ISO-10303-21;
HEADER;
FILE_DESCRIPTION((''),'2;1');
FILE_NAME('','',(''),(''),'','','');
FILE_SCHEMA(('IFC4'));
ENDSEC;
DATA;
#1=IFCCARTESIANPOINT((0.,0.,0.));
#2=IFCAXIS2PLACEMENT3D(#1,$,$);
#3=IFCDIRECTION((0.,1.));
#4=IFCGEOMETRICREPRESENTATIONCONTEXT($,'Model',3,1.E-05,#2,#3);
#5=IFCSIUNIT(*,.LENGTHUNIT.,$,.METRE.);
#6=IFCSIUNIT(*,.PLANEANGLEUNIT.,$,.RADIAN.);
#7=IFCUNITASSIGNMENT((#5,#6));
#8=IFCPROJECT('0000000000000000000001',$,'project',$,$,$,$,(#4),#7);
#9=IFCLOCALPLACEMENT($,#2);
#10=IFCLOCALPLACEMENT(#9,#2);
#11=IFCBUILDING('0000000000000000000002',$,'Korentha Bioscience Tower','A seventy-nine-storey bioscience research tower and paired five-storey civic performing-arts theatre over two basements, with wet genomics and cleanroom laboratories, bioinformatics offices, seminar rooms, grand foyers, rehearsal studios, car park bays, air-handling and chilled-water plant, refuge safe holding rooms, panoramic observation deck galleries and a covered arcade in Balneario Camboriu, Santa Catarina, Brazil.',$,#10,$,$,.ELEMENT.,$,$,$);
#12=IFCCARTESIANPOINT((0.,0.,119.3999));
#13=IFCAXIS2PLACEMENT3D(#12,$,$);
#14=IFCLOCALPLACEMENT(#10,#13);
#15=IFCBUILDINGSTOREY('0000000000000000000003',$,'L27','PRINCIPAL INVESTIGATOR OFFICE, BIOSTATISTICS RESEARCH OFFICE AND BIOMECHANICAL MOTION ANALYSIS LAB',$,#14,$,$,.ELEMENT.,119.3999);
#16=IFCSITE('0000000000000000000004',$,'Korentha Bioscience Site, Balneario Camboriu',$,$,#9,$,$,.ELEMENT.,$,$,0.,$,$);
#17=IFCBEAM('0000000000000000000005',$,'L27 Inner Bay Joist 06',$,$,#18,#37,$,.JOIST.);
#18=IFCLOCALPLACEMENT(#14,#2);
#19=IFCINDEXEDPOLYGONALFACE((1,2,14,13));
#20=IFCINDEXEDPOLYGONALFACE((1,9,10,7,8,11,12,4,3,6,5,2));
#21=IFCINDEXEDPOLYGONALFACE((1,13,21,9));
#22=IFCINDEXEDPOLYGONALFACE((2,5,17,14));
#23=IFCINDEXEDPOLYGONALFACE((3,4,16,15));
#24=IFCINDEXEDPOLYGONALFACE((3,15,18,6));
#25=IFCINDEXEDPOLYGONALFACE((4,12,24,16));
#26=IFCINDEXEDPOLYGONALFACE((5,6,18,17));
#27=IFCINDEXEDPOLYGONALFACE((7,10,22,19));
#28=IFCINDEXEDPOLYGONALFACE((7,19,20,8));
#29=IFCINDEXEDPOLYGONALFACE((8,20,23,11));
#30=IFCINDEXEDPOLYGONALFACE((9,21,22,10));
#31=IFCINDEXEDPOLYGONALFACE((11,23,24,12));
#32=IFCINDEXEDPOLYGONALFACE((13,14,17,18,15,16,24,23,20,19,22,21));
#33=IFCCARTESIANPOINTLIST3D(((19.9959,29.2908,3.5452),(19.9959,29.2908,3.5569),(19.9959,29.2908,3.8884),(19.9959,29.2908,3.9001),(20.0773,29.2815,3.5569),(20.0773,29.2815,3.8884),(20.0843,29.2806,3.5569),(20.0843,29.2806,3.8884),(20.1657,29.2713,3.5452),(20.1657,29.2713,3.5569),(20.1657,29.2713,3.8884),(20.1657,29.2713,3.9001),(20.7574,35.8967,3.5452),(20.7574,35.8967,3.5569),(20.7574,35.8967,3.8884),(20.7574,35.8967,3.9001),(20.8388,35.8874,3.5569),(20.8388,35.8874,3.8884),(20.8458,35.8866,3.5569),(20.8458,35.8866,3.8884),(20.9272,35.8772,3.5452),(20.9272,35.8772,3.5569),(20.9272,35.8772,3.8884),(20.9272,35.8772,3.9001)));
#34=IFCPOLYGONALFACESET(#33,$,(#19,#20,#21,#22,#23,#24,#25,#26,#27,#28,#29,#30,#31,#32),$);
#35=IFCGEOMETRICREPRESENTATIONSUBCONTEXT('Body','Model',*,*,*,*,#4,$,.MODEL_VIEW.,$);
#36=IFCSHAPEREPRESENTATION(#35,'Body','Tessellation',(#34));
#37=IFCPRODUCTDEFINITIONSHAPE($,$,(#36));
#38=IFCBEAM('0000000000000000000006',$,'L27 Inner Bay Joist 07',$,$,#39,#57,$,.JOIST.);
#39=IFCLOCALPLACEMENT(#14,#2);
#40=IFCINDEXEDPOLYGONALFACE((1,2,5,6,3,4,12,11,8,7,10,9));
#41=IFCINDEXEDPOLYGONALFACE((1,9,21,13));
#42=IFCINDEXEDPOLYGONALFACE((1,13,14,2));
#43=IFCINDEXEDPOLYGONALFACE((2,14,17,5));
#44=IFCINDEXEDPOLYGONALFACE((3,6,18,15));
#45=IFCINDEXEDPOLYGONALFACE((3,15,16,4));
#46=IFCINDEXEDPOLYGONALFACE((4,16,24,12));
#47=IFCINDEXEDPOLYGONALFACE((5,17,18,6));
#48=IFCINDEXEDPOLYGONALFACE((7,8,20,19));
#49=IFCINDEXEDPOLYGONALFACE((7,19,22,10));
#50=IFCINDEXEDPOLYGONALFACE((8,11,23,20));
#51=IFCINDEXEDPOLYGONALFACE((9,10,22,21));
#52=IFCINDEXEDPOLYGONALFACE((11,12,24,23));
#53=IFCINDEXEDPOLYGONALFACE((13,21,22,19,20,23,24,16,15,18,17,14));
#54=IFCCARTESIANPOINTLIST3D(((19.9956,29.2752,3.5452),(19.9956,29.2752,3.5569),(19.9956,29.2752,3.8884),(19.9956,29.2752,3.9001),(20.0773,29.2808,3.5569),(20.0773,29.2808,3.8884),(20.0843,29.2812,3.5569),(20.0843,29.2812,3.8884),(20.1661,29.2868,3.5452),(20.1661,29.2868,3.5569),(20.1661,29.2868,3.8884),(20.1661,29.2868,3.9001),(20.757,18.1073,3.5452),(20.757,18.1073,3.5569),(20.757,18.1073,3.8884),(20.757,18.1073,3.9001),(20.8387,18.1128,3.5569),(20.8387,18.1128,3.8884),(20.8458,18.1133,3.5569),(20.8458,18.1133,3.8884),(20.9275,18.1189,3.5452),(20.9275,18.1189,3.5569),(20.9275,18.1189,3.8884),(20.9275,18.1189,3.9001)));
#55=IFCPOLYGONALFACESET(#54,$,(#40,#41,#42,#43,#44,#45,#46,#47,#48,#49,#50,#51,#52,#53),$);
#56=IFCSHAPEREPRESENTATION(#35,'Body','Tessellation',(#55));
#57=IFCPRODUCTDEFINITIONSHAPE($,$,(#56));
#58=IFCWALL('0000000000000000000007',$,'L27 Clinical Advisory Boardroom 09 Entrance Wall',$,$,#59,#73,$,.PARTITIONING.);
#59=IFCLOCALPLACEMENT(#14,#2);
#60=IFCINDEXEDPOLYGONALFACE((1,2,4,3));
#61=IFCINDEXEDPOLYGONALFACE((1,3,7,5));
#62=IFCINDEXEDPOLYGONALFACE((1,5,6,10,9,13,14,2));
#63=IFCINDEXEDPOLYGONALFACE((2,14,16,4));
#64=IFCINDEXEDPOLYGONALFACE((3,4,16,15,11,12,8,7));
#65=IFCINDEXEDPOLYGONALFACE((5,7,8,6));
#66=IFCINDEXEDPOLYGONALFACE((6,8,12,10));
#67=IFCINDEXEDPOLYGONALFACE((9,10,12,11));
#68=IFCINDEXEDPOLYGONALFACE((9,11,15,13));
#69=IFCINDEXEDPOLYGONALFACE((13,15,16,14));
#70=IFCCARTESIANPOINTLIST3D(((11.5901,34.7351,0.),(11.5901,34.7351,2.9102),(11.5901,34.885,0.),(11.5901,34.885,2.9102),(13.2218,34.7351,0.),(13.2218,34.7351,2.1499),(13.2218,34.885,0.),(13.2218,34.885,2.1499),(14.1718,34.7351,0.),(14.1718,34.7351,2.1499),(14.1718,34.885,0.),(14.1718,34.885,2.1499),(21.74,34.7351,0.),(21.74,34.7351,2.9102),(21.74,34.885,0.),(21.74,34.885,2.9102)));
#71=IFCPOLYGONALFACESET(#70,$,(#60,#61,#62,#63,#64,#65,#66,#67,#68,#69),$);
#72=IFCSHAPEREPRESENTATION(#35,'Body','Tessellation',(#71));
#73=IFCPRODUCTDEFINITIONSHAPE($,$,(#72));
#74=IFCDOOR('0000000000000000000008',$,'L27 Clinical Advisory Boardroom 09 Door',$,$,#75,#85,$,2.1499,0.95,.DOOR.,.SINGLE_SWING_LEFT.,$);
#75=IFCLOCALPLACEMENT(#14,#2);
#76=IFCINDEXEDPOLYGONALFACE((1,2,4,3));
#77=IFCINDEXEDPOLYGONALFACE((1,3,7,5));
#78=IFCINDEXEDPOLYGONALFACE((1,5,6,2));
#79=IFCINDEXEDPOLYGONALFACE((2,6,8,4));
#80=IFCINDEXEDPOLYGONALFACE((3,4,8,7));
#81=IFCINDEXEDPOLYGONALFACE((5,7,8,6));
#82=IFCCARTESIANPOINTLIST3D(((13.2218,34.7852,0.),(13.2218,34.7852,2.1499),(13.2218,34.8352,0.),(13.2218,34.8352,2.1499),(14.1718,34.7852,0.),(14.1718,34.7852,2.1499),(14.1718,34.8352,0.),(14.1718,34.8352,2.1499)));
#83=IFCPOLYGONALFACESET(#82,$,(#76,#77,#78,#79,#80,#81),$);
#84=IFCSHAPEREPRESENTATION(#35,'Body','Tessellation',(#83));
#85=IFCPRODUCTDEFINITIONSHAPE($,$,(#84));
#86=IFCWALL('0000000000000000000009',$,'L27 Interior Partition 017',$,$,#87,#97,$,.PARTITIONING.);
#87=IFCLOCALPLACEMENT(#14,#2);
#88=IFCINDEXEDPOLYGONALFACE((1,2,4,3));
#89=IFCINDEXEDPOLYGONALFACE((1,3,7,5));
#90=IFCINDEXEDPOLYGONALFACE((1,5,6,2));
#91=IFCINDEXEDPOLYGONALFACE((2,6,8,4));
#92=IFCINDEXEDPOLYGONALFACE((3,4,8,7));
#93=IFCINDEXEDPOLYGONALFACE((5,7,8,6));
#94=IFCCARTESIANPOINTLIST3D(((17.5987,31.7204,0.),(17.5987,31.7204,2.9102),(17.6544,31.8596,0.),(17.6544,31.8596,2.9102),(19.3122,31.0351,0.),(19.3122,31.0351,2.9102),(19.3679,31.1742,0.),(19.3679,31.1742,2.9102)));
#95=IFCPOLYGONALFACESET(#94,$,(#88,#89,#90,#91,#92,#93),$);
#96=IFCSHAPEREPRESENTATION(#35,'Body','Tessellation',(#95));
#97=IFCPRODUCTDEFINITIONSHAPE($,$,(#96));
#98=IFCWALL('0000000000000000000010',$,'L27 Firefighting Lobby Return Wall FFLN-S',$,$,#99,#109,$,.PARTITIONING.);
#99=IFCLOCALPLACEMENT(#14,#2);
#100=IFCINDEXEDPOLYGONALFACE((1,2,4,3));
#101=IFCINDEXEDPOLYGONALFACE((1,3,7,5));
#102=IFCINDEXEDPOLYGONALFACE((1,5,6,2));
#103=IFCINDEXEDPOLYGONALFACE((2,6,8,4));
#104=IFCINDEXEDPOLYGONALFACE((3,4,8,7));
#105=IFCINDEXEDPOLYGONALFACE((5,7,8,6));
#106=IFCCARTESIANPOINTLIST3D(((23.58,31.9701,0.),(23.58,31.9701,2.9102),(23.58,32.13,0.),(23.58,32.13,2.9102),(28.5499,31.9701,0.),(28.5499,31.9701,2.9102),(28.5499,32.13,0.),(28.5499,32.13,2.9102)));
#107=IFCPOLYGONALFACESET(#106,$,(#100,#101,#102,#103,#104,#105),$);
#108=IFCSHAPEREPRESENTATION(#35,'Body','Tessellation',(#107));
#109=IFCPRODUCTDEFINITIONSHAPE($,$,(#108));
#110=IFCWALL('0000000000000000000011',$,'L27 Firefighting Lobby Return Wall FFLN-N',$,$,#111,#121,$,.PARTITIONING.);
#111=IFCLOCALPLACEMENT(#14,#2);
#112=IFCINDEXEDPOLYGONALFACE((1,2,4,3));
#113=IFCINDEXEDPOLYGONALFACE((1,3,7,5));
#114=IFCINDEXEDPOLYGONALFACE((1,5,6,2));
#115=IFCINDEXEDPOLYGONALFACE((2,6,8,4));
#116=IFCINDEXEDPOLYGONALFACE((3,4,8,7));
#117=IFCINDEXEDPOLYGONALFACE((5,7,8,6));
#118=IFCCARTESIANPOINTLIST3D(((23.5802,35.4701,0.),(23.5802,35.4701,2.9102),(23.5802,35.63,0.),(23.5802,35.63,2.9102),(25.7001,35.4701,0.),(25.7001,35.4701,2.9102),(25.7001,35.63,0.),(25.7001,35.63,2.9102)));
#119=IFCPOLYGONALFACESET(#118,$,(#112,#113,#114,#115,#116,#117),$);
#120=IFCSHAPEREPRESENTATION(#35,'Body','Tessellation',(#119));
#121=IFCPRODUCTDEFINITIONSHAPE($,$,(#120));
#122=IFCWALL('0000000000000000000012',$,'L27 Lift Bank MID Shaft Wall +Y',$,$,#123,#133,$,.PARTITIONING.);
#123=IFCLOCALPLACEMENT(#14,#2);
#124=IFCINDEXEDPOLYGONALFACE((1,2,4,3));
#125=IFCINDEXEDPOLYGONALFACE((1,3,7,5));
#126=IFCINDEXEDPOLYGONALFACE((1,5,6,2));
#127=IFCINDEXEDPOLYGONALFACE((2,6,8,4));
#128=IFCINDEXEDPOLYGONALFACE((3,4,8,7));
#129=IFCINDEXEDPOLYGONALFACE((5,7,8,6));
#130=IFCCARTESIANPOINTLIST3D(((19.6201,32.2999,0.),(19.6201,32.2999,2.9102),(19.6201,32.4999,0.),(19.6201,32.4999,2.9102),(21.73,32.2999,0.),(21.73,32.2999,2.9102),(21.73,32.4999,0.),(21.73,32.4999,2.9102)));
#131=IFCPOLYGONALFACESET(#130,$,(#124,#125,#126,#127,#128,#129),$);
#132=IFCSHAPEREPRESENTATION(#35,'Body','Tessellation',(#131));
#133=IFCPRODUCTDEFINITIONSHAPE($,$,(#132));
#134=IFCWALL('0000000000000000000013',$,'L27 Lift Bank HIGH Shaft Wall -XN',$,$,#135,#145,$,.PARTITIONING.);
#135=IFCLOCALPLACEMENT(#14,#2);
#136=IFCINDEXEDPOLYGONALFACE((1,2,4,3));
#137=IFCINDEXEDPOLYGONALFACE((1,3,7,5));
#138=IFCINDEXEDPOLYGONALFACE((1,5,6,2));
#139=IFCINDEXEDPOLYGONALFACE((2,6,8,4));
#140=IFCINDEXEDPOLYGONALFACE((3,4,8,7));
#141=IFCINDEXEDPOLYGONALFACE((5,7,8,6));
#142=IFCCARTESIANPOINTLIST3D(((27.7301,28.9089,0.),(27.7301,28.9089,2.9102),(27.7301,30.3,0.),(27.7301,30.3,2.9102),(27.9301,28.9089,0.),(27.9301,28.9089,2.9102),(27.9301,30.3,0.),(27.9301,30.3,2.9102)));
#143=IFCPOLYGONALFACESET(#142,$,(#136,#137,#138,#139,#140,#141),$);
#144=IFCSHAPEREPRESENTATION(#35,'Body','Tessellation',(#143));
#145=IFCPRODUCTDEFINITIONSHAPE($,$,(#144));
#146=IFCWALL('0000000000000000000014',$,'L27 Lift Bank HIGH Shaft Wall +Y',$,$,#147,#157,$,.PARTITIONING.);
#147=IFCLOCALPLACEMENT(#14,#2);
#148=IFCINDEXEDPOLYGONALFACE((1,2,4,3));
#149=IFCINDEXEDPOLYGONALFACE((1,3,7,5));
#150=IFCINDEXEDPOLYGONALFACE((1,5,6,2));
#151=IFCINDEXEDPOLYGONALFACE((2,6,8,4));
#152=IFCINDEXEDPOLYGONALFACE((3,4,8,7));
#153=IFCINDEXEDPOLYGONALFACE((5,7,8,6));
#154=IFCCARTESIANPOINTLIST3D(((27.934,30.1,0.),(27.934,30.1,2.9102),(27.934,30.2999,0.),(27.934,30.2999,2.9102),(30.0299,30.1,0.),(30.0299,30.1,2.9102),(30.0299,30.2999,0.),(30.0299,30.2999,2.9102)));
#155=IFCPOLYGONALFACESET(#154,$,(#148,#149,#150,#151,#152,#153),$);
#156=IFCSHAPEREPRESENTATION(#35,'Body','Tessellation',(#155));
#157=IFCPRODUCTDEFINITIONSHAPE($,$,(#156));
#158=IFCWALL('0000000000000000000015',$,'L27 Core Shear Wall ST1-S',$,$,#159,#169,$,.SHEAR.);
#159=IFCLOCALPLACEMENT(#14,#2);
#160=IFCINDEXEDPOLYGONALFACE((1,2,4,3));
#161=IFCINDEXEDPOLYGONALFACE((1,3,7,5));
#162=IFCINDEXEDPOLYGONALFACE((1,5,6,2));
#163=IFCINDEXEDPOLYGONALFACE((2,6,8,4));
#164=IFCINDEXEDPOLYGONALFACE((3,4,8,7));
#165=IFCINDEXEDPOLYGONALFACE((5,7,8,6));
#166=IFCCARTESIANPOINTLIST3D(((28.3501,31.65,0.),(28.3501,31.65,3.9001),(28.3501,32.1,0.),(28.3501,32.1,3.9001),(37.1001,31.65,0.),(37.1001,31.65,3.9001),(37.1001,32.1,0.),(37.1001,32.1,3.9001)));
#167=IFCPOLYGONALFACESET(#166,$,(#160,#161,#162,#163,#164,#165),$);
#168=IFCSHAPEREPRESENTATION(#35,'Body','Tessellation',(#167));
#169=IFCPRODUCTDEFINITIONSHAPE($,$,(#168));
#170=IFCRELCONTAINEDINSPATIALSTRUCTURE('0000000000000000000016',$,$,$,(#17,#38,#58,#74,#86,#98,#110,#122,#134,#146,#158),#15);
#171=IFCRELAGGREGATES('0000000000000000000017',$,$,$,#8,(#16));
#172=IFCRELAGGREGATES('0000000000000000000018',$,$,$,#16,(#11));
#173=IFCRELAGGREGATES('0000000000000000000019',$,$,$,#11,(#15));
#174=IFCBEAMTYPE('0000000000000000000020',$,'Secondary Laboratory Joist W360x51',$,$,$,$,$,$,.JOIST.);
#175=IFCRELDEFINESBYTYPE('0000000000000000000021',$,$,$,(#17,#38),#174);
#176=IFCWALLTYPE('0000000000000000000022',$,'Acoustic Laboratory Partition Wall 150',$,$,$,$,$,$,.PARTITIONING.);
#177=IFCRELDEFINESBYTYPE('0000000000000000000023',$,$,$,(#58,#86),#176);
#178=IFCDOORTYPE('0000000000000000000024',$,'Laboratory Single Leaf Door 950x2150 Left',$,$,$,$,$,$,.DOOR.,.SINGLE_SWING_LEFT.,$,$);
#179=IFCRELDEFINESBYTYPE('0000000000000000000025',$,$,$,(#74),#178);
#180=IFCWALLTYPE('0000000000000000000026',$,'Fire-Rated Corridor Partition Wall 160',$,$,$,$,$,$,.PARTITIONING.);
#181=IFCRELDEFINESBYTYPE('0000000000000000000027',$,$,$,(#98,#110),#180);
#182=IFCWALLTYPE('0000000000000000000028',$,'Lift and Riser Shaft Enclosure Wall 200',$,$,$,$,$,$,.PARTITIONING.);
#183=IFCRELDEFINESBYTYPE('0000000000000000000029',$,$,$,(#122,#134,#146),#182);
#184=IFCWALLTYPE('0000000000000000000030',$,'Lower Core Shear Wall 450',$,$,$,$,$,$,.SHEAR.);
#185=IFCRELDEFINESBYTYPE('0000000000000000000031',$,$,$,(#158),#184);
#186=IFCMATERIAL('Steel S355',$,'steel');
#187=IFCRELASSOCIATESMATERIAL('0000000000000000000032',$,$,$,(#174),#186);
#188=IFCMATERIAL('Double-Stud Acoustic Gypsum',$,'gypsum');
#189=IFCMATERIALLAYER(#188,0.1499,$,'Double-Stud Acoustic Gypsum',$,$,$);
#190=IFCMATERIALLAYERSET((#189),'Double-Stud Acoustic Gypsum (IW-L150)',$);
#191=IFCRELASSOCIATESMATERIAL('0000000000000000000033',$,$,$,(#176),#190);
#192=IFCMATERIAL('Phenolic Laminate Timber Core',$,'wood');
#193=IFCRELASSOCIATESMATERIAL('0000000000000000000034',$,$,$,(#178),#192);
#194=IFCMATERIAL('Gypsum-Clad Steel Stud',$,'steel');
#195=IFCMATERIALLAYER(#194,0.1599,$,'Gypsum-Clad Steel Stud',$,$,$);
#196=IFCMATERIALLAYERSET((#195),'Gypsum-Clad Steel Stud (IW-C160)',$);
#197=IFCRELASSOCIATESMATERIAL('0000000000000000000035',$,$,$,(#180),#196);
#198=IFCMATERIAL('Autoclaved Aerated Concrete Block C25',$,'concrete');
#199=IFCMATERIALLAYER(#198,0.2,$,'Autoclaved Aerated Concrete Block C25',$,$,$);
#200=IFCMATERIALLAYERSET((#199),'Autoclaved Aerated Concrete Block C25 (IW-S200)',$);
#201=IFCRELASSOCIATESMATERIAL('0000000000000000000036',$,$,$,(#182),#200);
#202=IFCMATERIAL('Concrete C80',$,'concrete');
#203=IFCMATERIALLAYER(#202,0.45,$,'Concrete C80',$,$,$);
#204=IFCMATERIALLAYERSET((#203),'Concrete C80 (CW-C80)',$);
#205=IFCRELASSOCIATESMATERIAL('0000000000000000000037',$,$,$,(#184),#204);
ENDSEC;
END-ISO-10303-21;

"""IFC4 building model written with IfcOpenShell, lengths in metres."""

from ifc_helpers import new_model, si_unit, direction, frame, frame_2d, origin, origin_2d, place, context, subcontext, project, spatial, rectangle, i_section, extrude, material, layer, layer_set, material_profile, profile_set, type_object, element, fill, save


model = new_model("IFC4")

# Units and contexts
model_context = context("Model", 3, precision=1e-05, world=origin(), true_north=direction((0.0, 1.0)))
body_context = subcontext(model_context, "Body", "Model", "MODEL_VIEW")
ifc_project = project(units=[si_unit("LENGTHUNIT", "METRE"), si_unit("PLANEANGLEUNIT", "RADIAN")], contexts=[model_context])

# Site, building, storey
site_placement = place(None, origin())
site = spatial("IfcSite", under=ifc_project, at=site_placement, Name="Korentha Bioscience Site, Balneario Camboriu", CompositionType="ELEMENT", RefElevation=0.0)
building_placement = place(site_placement, origin())
building = spatial("IfcBuilding", under=site, at=building_placement, Name="Korentha Bioscience Tower", Description="A seventy-nine-storey bioscience research tower and paired five-storey civic performing-arts theatre over two basements, with wet genomics and cleanroom laboratories, bioinformatics offices, seminar rooms, grand foyers, rehearsal studios, car park bays, air-handling and chilled-water plant, refuge safe holding rooms, panoramic observation deck galleries and a covered arcade in Balneario Camboriu, Santa Catarina, Brazil.", CompositionType="ELEMENT")
storey_placement = place(building_placement, frame((0.0, 0.0, 119.3999)))
storey = spatial("IfcBuildingStorey", under=building, at=storey_placement, Name="L27", Description="PRINCIPAL INVESTIGATOR OFFICE, BIOSTATISTICS RESEARCH OFFICE AND BIOMECHANICAL MOTION ANALYSIS LAB", CompositionType="ELEMENT", Elevation=119.3999)

# Shared definitions
ifc_material_1 = material(Name="Concrete C80", Category="concrete")

# Beams
ifc_material_2 = material(Name="Steel S355", Category="steel")
ifc_material_profile_1 = material_profile(ifc_material_2, i_section(OverallWidth=0.1709, OverallDepth=0.355, WebThickness=0.0071, FlangeThickness=0.0117, at=origin_2d()), Name="Steel S355")
ifc_profile_set_1 = profile_set([ifc_material_profile_1], Name="Steel S355 (JB-360)")
beam_type_1 = type_object("IfcBeamType", Name="Secondary Laboratory Joist W360x51", PredefinedType="JOIST", material=ifc_profile_set_1)
beam_1_placement = place(storey_placement, frame((20.8423, 35.887, 3.7227), z_axis=(-0.114513, -0.993422, 0.0), x_axis=(0.993422, -0.114513, 0.0)))
element("IfcBeam", 1, at=beam_1_placement, inside=storey, type_object=beam_type_1, Name="L27 Inner Bay Joist 06", PredefinedType="JOIST", context=body_context, shape_type="SweptSolid", body=[
    extrude(i_section(OverallWidth=0.1709, OverallDepth=0.355, WebThickness=0.0071, FlangeThickness=0.0117, at=origin_2d()), origin(), (0.0, 0.0, 1.0), 6.6497),
])
beam_2_placement = place(storey_placement, frame((20.0808, 29.281, 3.7227), z_axis=(0.068026, -0.997684, 0.0), x_axis=(0.997684, 0.068026, 0.0)))
element("IfcBeam", 2, at=beam_2_placement, inside=storey, type_object=beam_type_1, Name="L27 Inner Bay Joist 07", PredefinedType="JOIST", context=body_context, shape_type="SweptSolid", body=[
    extrude(i_section(OverallWidth=0.1709, OverallDepth=0.355, WebThickness=0.0071, FlangeThickness=0.0117, at=origin_2d()), origin(), (0.0, 0.0, 1.0), 11.1938),
])

# Wall, opening, door
ifc_material_3 = material(Name="Double-Stud Acoustic Gypsum", Category="gypsum")
ifc_layer_1 = layer(ifc_material_3, 0.1499, Name="Double-Stud Acoustic Gypsum")
ifc_layer_set_1 = layer_set([ifc_layer_1], Name="Double-Stud Acoustic Gypsum (IW-L150)")
wall_type_1 = type_object("IfcWallType", Name="Acoustic Laboratory Partition Wall 150", PredefinedType="PARTITIONING", material=ifc_layer_set_1)
wall_1_placement = place(storey_placement, frame((21.74, 34.8101, 0.0), z_axis=(0.0, 0.0, 1.0), x_axis=(-1.0, 0.0, 0.0)))
wall_1 = element("IfcWall", 3, at=wall_1_placement, inside=storey, type_object=wall_type_1, Name="L27 Clinical Advisory Boardroom 09 Entrance Wall", PredefinedType="PARTITIONING", context=body_context, shape_type="SweptSolid", body=[
    extrude(rectangle(XDim=10.1499, YDim=0.1499, at=frame_2d((5.075, 0.0))), origin(), (0.0, 0.0, 1.0), 2.9102),
])
opening_1_placement = place(wall_1_placement, frame((7.5681, 0.0, 0.0)))
opening_1 = element("IfcOpeningElement", 4, at=opening_1_placement, cuts=wall_1, PredefinedType="OPENING", context=body_context, shape_type="SweptSolid", body=[
    extrude(rectangle(XDim=0.95, YDim=2.1499, at=frame_2d((0.4751, 1.075))), frame((0.0, 0.0898, 0.0), z_axis=(0.0, -1.0, 0.0), x_axis=(1.0, 0.0, 0.0)), (0.0, 0.0, 1.0), 0.1797),
])
ifc_material_4 = material(Name="Phenolic Laminate Timber Core", Category="wood")
door_type_1 = type_object("IfcDoorType", Name="Laboratory Single Leaf Door 950x2150 Left", OperationType="SINGLE_SWING_LEFT", PredefinedType="DOOR", material=ifc_material_4)
door_1_placement = place(opening_1_placement, origin())
door_1 = element("IfcDoor", 5, at=door_1_placement, inside=storey, type_object=door_type_1, Name="L27 Clinical Advisory Boardroom 09 Door", OperationType="SINGLE_SWING_LEFT", OverallHeight=2.1499, OverallWidth=0.95, PredefinedType="DOOR", context=body_context, shape_type="SweptSolid", body=[
    extrude(rectangle(XDim=0.95, YDim=2.1499, at=frame_2d((0.4751, 1.075))), frame((0.0, 0.0249, 0.0), z_axis=(0.0, -1.0, 0.0), x_axis=(1.0, 0.0, 0.0)), (0.0, 0.0, 1.0), 0.05),
])
fill(opening_1, door_1)

# Wall
wall_2_placement = place(storey_placement, frame((17.6265, 31.79, 0.0), z_axis=(0.0, 0.0, 1.0), x_axis=(0.928486, -0.371368, 0.0)))
element("IfcWall", 6, at=wall_2_placement, inside=storey, type_object=wall_type_1, Name="L27 Interior Partition 017", PredefinedType="PARTITIONING", context=body_context, shape_type="SweptSolid", body=[
    extrude(rectangle(XDim=1.8455, YDim=0.1499, at=frame_2d((0.9229, 0.0))), origin(), (0.0, 0.0, 1.0), 2.9102),
])

# Shared definitions
ifc_material_5 = material(Name="Gypsum-Clad Steel Stud", Category="steel")
ifc_layer_2 = layer(ifc_material_5, 0.1599, Name="Gypsum-Clad Steel Stud")
ifc_layer_set_2 = layer_set([ifc_layer_2], Name="Gypsum-Clad Steel Stud (IW-C160)")
wall_type_2 = type_object("IfcWallType", Name="Fire-Rated Corridor Partition Wall 160", PredefinedType="PARTITIONING", material=ifc_layer_set_2)

# Walls
wall_3_placement = place(storey_placement, frame((23.5801, 32.05, 0.0), z_axis=(0.0, 0.0, 1.0), x_axis=(1.0, 0.0, 0.0)))
element("IfcWall", 7, at=wall_3_placement, inside=storey, type_object=wall_type_2, Name="L27 Firefighting Lobby Return Wall FFLN-S", PredefinedType="PARTITIONING", context=body_context, shape_type="SweptSolid", body=[
    extrude(rectangle(XDim=4.97, YDim=0.1599, at=frame_2d((2.4849, 0.0))), origin(), (0.0, 0.0, 1.0), 2.9102),
])
wall_4_placement = place(storey_placement, frame((23.5801, 35.55, 0.0), z_axis=(0.0, 0.0, 1.0), x_axis=(1.0, 0.0, 0.0)))
element("IfcWall", 8, at=wall_4_placement, inside=storey, type_object=wall_type_2, Name="L27 Firefighting Lobby Return Wall FFLN-N", PredefinedType="PARTITIONING", context=body_context, shape_type="SweptSolid", body=[
    extrude(rectangle(XDim=2.1199, YDim=0.1599, at=frame_2d((1.0601, 0.0))), origin(), (0.0, 0.0, 1.0), 2.9102),
])
ifc_material_6 = material(Name="Autoclaved Aerated Concrete Block C25", Category="concrete")
ifc_layer_3 = layer(ifc_material_6, 0.2, Name="Autoclaved Aerated Concrete Block C25")
ifc_layer_set_3 = layer_set([ifc_layer_3], Name="Autoclaved Aerated Concrete Block C25 (IW-S200)")
wall_type_3 = type_object("IfcWallType", Name="Lift and Riser Shaft Enclosure Wall 200", PredefinedType="PARTITIONING", material=ifc_layer_set_3)
wall_5_placement = place(storey_placement, frame((19.6201, 32.3999, 0.0), z_axis=(0.0, 0.0, 1.0), x_axis=(1.0, 0.0, 0.0)))
element("IfcWall", 9, at=wall_5_placement, inside=storey, type_object=wall_type_3, Name="L27 Lift Bank MID Shaft Wall +Y", PredefinedType="PARTITIONING", context=body_context, shape_type="SweptSolid", body=[
    extrude(rectangle(XDim=2.1099, YDim=0.2, at=frame_2d((1.0549, 0.0))), origin(), (0.0, 0.0, 1.0), 2.9102),
])
wall_6_placement = place(storey_placement, frame((27.8301, 28.9089, 0.0), z_axis=(0.0, 0.0, 1.0), x_axis=(0.0, 1.0, 0.0)))
element("IfcWall", 10, at=wall_6_placement, inside=storey, type_object=wall_type_3, Name="L27 Lift Bank HIGH Shaft Wall -XN", PredefinedType="PARTITIONING", context=body_context, shape_type="SweptSolid", body=[
    extrude(rectangle(XDim=1.3911, YDim=0.2, at=frame_2d((0.6956, 0.0))), origin(), (0.0, 0.0, 1.0), 2.9102),
])
wall_7_placement = place(storey_placement, frame((27.9341, 30.2, 0.0), z_axis=(0.0, 0.0, 1.0), x_axis=(1.0, 0.0, 0.0)))
element("IfcWall", 11, at=wall_7_placement, inside=storey, type_object=wall_type_3, Name="L27 Lift Bank HIGH Shaft Wall +Y", PredefinedType="PARTITIONING", context=body_context, shape_type="SweptSolid", body=[
    extrude(rectangle(XDim=2.0959, YDim=0.2, at=frame_2d((1.0479, 0.0))), origin(), (0.0, 0.0, 1.0), 2.9102),
])
ifc_layer_4 = layer(ifc_material_1, 0.45, Name="Concrete C80")
ifc_layer_set_4 = layer_set([ifc_layer_4], Name="Concrete C80 (CW-C80)")
wall_type_4 = type_object("IfcWallType", Name="Lower Core Shear Wall 450", PredefinedType="SHEAR", material=ifc_layer_set_4)
wall_8_placement = place(storey_placement, frame((28.3501, 31.875, 0.0), z_axis=(0.0, 0.0, 1.0), x_axis=(1.0, 0.0, 0.0)))
element("IfcWall", 12, at=wall_8_placement, inside=storey, type_object=wall_type_4, Name="L27 Core Shear Wall ST1-S", PredefinedType="SHEAR", context=body_context, shape_type="SweptSolid", body=[
    extrude(rectangle(XDim=8.75, YDim=0.45, at=frame_2d((4.375, 0.0))), origin(), (0.0, 0.0, 1.0), 3.9001),
])

save(model, "model.ifc")
